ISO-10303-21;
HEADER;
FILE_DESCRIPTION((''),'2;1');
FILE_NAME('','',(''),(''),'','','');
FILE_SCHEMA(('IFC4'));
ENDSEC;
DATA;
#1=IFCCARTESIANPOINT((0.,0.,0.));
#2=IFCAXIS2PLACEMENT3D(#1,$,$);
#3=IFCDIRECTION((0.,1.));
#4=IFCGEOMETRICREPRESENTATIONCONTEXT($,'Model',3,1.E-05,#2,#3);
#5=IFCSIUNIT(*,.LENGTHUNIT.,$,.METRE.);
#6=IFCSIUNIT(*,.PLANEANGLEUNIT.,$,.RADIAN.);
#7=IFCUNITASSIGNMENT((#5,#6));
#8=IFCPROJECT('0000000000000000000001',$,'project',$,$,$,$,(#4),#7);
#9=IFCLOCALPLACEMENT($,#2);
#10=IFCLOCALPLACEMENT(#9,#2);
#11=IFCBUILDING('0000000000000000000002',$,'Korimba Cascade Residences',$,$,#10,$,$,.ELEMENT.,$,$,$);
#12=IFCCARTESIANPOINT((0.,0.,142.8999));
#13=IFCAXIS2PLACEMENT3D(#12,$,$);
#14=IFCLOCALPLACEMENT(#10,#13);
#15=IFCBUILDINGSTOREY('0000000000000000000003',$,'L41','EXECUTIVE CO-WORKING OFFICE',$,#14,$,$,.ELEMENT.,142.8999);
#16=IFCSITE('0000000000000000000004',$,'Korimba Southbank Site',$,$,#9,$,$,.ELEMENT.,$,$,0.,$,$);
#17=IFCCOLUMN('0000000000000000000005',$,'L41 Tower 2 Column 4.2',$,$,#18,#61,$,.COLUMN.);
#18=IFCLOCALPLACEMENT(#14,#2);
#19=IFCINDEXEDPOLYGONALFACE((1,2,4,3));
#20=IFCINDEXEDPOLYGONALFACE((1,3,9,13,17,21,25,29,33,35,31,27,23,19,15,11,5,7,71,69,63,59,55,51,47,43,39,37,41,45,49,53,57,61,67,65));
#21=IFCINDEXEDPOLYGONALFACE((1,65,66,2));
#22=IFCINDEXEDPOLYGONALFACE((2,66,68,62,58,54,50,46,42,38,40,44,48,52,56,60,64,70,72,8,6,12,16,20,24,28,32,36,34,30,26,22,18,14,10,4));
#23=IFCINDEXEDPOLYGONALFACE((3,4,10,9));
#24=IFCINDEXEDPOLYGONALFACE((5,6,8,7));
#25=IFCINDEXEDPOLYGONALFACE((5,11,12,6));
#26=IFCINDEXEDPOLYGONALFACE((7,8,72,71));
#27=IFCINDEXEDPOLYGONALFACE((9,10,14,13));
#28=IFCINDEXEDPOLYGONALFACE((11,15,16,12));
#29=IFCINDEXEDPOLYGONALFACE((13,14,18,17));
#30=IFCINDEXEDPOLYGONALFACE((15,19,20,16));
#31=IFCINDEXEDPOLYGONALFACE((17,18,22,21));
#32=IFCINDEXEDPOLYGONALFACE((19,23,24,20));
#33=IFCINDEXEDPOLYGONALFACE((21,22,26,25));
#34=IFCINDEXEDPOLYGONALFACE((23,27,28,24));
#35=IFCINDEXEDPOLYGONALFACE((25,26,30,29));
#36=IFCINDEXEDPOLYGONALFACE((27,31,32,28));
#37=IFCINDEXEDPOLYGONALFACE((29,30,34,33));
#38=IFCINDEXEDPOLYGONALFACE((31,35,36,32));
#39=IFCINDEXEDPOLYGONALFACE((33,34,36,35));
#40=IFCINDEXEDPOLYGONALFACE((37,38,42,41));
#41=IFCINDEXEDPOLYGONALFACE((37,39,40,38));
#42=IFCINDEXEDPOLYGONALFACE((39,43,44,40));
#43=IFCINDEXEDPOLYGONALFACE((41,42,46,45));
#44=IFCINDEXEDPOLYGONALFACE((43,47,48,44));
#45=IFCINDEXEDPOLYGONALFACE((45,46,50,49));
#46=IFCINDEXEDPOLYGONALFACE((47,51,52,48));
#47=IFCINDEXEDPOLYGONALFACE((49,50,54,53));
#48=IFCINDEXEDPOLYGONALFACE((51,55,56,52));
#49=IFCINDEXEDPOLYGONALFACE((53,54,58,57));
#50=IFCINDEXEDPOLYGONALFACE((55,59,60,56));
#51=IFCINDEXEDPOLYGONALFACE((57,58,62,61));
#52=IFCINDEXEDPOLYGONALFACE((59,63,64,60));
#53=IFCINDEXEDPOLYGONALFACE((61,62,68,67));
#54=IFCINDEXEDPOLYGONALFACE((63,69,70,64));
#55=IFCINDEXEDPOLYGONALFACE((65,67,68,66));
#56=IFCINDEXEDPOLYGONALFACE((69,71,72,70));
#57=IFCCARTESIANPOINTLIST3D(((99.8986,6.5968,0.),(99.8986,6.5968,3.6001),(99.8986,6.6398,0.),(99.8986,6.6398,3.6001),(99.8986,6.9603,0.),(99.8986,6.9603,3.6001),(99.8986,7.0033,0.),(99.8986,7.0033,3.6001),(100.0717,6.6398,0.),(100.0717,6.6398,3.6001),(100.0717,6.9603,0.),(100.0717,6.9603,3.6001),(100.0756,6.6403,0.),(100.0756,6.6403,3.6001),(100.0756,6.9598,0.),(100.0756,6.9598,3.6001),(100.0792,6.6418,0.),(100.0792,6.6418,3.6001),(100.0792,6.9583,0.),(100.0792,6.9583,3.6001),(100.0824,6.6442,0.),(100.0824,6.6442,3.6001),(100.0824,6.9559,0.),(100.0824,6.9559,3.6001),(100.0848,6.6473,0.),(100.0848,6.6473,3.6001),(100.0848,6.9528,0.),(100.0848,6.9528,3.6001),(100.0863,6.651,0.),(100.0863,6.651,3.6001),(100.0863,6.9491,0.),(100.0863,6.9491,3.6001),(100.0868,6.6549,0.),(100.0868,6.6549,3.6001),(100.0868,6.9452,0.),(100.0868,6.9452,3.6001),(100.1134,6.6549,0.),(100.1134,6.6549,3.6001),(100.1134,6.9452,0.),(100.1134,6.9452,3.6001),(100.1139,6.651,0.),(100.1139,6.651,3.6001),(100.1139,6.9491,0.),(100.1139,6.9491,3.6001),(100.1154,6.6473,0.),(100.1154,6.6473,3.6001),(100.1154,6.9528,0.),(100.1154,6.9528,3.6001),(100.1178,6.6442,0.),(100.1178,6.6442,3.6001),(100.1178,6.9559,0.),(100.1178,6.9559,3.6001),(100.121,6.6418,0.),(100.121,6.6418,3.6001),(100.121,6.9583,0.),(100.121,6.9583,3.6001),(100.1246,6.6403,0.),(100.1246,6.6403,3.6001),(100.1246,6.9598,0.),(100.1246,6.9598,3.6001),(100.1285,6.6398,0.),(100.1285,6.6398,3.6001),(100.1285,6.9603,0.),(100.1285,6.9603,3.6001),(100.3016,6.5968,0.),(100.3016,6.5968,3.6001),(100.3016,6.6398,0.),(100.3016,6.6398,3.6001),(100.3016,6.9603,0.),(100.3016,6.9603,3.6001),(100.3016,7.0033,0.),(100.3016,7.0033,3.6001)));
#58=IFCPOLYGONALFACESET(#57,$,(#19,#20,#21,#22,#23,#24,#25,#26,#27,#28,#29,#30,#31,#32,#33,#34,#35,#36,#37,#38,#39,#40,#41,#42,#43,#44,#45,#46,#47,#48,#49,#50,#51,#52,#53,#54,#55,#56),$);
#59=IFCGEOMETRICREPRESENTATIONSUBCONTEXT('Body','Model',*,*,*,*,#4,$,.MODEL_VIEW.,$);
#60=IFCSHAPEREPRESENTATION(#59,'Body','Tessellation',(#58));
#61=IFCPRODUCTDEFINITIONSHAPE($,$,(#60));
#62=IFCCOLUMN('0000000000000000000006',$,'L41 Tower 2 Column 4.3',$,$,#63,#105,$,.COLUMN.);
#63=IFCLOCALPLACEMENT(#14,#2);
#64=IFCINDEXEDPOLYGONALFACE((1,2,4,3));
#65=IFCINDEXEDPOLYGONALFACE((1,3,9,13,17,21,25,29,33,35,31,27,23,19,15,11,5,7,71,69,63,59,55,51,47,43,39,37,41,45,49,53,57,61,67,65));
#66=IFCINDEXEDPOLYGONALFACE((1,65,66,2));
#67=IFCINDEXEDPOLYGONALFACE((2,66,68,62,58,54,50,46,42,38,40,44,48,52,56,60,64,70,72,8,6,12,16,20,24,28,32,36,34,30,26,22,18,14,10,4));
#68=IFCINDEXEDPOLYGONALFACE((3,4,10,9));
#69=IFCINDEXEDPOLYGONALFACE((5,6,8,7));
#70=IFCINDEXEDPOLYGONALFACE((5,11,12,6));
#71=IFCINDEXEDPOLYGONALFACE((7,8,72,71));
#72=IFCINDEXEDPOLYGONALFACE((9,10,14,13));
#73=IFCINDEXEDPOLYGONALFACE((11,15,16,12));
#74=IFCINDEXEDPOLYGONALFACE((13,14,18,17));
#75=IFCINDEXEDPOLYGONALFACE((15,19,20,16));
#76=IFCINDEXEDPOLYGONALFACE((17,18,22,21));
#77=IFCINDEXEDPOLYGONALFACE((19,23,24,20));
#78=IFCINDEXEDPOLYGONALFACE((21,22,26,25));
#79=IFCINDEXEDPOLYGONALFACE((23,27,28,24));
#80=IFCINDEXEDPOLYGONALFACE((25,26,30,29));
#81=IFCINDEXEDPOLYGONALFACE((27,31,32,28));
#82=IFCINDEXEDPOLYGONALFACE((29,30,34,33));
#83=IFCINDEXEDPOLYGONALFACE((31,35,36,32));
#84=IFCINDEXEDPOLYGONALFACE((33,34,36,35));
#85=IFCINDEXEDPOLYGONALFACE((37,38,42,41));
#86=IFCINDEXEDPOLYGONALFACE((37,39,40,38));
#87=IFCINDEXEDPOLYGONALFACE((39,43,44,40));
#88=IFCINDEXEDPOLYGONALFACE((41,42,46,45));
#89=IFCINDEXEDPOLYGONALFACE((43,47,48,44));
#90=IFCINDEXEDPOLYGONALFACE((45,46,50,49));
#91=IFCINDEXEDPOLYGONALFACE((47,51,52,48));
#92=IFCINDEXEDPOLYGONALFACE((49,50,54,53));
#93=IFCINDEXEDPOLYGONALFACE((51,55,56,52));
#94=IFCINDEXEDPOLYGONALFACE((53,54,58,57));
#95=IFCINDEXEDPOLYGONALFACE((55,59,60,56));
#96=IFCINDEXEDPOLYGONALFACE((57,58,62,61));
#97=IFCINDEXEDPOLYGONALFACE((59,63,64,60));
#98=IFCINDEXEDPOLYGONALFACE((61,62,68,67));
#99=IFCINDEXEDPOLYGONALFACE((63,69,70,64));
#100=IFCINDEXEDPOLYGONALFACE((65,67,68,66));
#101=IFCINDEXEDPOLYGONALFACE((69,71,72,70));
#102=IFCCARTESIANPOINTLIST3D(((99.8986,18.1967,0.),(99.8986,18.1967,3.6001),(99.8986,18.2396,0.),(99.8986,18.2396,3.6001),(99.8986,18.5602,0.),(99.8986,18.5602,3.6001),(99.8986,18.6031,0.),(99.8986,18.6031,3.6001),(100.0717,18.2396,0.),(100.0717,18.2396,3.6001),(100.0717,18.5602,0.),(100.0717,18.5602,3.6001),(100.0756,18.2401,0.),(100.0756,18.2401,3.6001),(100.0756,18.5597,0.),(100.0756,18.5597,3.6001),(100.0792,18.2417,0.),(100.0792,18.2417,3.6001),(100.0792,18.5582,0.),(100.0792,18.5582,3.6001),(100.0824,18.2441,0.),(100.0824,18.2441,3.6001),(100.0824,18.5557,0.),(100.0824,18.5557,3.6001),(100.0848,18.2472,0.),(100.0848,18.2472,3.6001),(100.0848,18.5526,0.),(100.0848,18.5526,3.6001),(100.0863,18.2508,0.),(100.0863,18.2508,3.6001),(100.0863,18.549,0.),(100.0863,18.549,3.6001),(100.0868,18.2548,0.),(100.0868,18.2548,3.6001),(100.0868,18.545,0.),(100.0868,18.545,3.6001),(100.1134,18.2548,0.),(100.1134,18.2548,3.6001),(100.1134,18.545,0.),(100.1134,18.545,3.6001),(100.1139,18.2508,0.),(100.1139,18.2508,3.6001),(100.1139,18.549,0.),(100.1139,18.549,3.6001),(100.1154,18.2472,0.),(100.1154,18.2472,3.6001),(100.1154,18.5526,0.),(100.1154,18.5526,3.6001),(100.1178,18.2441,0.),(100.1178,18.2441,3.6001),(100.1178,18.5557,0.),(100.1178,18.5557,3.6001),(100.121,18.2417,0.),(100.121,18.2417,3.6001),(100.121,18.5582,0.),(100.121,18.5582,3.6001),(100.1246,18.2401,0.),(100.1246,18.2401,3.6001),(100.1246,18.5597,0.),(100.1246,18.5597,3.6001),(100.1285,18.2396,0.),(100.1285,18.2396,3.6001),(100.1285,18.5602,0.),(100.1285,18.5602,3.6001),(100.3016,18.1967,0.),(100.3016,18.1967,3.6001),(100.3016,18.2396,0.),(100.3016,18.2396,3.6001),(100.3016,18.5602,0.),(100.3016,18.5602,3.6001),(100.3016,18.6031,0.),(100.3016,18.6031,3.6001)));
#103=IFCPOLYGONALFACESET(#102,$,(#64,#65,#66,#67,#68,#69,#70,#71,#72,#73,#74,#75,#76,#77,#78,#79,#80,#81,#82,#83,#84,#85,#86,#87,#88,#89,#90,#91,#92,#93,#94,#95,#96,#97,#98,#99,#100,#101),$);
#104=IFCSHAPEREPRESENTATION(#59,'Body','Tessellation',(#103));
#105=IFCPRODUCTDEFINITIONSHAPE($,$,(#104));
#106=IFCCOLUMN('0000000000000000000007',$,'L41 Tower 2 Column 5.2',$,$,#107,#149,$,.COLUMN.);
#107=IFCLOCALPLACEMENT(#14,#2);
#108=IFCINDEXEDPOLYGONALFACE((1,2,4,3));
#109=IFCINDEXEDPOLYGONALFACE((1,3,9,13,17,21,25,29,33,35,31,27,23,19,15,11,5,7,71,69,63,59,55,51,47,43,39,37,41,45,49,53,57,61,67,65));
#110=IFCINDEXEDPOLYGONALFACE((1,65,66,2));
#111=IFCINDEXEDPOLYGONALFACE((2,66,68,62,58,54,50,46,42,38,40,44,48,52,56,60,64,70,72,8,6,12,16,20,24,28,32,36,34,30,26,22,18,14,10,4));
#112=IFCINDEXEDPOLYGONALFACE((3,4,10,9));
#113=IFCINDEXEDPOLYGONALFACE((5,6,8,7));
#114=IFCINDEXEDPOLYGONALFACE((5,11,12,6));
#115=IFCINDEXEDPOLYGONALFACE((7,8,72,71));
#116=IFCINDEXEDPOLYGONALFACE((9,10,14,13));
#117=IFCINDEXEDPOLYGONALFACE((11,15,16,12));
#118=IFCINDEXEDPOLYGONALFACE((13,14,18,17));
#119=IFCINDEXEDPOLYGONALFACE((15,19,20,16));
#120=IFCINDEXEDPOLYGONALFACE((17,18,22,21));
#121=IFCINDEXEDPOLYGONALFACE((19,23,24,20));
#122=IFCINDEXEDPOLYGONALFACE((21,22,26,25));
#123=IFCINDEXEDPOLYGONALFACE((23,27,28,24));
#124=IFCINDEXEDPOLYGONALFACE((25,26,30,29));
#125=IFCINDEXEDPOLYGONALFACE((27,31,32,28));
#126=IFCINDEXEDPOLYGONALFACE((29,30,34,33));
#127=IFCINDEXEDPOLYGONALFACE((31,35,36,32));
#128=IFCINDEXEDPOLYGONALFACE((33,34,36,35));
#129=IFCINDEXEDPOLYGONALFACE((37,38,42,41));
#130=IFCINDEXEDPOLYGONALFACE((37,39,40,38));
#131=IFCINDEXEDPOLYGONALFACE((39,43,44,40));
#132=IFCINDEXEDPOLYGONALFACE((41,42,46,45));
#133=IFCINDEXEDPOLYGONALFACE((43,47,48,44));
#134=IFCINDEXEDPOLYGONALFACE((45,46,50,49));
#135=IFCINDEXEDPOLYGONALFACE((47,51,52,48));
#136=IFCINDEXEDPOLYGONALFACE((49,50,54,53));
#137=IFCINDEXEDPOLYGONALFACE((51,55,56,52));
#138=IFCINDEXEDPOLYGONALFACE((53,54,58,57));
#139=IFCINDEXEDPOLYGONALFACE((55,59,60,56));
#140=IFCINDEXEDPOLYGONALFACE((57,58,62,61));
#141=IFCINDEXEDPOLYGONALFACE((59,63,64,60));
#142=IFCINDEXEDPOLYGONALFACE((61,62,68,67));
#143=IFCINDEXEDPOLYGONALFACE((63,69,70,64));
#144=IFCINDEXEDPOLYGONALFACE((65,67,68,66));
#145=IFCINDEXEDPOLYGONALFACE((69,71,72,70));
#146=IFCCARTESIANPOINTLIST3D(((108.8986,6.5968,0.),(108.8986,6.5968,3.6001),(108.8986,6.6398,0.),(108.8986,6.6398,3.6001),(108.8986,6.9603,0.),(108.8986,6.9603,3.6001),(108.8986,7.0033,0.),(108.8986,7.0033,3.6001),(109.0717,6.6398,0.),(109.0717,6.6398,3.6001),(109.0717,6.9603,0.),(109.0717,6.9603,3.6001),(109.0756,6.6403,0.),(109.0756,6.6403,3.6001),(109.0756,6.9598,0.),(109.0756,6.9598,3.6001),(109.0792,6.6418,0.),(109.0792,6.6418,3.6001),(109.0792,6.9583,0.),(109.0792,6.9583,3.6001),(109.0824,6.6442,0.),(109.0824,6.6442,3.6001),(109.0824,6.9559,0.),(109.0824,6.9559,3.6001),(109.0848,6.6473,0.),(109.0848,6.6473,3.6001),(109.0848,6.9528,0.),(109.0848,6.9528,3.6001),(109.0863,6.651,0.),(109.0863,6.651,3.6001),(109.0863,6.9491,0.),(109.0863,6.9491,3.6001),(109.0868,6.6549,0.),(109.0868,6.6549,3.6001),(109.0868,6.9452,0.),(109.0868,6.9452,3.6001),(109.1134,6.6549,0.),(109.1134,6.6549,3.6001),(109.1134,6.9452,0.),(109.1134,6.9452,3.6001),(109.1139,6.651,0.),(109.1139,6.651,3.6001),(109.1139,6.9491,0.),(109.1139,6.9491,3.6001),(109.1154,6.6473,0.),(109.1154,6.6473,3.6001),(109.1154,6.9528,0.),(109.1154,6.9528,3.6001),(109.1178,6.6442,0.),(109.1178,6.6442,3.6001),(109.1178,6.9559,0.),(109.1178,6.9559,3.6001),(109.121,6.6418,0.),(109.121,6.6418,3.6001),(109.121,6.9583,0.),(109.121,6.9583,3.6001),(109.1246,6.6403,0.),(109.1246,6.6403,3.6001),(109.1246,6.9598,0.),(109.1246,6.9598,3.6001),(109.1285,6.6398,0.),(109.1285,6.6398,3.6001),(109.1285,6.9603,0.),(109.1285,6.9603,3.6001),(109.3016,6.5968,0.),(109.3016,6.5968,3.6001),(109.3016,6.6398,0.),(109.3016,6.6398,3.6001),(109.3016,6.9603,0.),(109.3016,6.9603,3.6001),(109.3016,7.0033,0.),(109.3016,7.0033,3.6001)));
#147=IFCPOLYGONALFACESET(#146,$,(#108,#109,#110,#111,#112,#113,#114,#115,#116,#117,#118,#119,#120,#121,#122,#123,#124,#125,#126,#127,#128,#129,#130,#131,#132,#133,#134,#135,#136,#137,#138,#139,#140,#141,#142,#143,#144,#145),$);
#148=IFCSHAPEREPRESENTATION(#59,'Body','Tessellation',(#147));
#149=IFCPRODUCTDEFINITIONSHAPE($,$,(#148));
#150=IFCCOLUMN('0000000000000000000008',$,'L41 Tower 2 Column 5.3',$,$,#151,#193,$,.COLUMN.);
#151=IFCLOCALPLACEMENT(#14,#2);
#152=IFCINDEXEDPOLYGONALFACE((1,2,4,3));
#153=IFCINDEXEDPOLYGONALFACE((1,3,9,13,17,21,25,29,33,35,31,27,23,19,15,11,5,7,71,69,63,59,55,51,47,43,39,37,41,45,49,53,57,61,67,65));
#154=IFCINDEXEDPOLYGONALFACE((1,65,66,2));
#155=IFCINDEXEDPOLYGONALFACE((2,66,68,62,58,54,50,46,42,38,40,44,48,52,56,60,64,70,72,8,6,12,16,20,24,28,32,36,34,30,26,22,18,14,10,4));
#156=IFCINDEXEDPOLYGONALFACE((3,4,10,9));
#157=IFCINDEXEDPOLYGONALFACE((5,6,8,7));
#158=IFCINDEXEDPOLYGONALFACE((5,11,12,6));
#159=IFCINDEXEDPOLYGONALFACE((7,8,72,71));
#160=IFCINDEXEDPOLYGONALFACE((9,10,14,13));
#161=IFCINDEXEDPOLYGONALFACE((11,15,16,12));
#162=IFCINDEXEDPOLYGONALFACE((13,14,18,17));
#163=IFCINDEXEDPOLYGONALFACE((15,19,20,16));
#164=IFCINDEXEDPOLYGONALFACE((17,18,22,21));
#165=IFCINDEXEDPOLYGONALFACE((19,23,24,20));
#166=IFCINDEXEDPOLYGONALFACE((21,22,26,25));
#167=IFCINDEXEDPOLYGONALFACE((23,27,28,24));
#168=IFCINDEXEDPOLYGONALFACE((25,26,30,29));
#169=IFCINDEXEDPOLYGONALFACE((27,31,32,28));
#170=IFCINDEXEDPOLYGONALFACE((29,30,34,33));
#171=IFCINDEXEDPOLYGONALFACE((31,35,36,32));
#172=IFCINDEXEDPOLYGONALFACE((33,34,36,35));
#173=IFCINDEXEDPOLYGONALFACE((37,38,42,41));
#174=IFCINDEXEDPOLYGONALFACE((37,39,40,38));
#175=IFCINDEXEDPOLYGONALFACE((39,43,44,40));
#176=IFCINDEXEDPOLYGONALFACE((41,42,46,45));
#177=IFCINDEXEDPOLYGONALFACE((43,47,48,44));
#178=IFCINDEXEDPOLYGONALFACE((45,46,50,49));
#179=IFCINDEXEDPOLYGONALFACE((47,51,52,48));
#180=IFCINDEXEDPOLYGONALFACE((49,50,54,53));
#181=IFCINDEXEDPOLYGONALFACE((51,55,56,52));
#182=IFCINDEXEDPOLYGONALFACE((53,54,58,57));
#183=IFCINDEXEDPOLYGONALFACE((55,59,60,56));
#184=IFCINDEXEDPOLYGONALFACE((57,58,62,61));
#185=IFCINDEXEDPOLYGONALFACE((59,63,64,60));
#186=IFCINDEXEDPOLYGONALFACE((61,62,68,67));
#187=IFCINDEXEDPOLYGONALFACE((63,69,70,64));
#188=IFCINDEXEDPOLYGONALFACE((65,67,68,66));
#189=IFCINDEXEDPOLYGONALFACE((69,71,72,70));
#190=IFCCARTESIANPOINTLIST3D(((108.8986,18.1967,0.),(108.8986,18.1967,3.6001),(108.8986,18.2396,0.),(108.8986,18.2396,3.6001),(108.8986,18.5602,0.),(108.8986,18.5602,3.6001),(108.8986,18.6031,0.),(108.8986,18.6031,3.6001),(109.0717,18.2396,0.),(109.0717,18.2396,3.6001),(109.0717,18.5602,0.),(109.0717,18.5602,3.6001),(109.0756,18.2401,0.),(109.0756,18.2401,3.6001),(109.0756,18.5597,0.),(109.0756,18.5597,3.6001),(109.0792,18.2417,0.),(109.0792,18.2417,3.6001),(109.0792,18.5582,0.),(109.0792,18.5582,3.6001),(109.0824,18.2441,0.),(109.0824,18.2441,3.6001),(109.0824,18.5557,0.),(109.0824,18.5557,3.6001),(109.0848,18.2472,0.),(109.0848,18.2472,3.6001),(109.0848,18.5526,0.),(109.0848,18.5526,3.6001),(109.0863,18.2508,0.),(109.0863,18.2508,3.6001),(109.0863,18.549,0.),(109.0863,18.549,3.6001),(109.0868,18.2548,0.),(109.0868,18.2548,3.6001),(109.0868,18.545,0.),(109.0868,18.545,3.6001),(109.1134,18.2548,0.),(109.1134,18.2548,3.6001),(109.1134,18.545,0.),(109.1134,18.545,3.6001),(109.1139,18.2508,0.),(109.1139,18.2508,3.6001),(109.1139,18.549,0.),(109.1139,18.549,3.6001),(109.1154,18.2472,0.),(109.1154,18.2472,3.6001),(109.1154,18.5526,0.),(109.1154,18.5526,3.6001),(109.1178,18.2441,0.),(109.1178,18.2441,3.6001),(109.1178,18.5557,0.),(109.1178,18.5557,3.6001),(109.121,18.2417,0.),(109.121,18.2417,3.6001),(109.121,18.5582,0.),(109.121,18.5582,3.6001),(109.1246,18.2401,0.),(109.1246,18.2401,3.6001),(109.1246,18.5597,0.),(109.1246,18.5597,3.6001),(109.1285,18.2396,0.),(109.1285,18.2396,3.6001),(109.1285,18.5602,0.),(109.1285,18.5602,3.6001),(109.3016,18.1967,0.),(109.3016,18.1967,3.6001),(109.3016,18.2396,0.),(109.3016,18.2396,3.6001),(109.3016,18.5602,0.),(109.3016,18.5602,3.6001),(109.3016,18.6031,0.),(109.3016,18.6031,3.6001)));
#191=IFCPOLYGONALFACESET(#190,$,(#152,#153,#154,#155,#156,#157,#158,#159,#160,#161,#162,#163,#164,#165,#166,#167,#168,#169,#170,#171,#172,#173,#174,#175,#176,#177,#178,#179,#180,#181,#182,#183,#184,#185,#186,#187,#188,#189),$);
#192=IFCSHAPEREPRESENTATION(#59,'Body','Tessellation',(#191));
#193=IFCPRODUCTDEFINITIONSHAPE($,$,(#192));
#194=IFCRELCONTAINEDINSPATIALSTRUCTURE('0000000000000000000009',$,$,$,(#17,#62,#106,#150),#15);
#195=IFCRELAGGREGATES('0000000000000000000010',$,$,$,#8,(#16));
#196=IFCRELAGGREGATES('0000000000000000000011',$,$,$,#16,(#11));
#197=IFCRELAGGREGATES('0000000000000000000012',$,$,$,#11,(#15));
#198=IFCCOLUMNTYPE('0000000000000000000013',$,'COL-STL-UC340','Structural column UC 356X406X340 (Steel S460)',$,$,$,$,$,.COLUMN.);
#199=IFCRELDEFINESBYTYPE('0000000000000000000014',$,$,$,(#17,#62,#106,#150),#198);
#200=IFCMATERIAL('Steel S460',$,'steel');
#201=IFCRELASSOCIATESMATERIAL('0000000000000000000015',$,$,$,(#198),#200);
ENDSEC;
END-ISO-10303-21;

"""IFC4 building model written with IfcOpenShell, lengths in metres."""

from ifc_helpers import new_model, si_unit, direction, frame, origin, origin_2d, place, context, subcontext, project, spatial, i_section, extrude, material, material_profile, profile_set, type_object, element, save


model = new_model("IFC4")

# Units and contexts
model_context = context("Model", 3, precision=1e-05, world=origin(), true_north=direction((0.0, 1.0)))
body_context = subcontext(model_context, "Body", "Model", "MODEL_VIEW")
ifc_project = project(units=[si_unit("LENGTHUNIT", "METRE"), si_unit("PLANEANGLEUNIT", "RADIAN")], contexts=[model_context])

# Site, building, storey
site_placement = place(None, origin())
site = spatial("IfcSite", under=ifc_project, at=site_placement, Name="Korimba Southbank Site", CompositionType="ELEMENT", RefElevation=0.0)
building_placement = place(site_placement, origin())
building = spatial("IfcBuilding", under=site, at=building_placement, Name="Korimba Cascade Residences", CompositionType="ELEMENT")
storey_placement = place(building_placement, frame((0.0, 0.0, 142.8999)))
storey = spatial("IfcBuildingStorey", under=building, at=storey_placement, Name="L41", Description="EXECUTIVE CO-WORKING OFFICE", CompositionType="ELEMENT", Elevation=142.8999)

# Columns
ifc_material_1 = material(Name="Steel S460", Category="steel")
ifc_material_profile_1 = material_profile(ifc_material_1, i_section(OverallWidth=0.4031, OverallDepth=0.4065, WebThickness=0.0266, FlangeThickness=0.043, FilletRadius=0.0151, at=origin_2d()), Name="Steel S460")
ifc_profile_set_1 = profile_set([ifc_material_profile_1], Name="Steel S460")
column_type = type_object("IfcColumnType", Name="COL-STL-UC340", Description="Structural column UC 356X406X340 (Steel S460)", PredefinedType="COLUMN", material=ifc_profile_set_1)
for number, where, z_axis, x_axis, name in (
    (1, (100.1001, 6.8, 0.0), (0.0, 0.0, 1.0), (1.0, 0.0, 0.0), "L41 Tower 2 Column 4.2"),
    (2, (100.1001, 18.3999, 0.0), (0.0, 0.0, 1.0), (1.0, 0.0, 0.0), "L41 Tower 2 Column 4.3"),
    (3, (109.1001, 6.8, 0.0), (0.0, 0.0, 1.0), (1.0, 0.0, 0.0), "L41 Tower 2 Column 5.2"),
    (4, (109.1001, 18.3999, 0.0), (0.0, 0.0, 1.0), (1.0, 0.0, 0.0), "L41 Tower 2 Column 5.3"),
):
    element("IfcColumn", number, at=place(storey_placement, frame(where, z_axis=z_axis, x_axis=x_axis)), inside=storey, type_object=column_type, Name=name, PredefinedType="COLUMN", context=body_context, shape_type="SweptSolid", body=[
        extrude(i_section(OverallWidth=0.4031, OverallDepth=0.4065, WebThickness=0.0266, FlangeThickness=0.043, FilletRadius=0.0151, at=origin_2d()), origin(), (0.0, 0.0, 1.0), 3.6001),
    ])

save(model, "model.ifc")
